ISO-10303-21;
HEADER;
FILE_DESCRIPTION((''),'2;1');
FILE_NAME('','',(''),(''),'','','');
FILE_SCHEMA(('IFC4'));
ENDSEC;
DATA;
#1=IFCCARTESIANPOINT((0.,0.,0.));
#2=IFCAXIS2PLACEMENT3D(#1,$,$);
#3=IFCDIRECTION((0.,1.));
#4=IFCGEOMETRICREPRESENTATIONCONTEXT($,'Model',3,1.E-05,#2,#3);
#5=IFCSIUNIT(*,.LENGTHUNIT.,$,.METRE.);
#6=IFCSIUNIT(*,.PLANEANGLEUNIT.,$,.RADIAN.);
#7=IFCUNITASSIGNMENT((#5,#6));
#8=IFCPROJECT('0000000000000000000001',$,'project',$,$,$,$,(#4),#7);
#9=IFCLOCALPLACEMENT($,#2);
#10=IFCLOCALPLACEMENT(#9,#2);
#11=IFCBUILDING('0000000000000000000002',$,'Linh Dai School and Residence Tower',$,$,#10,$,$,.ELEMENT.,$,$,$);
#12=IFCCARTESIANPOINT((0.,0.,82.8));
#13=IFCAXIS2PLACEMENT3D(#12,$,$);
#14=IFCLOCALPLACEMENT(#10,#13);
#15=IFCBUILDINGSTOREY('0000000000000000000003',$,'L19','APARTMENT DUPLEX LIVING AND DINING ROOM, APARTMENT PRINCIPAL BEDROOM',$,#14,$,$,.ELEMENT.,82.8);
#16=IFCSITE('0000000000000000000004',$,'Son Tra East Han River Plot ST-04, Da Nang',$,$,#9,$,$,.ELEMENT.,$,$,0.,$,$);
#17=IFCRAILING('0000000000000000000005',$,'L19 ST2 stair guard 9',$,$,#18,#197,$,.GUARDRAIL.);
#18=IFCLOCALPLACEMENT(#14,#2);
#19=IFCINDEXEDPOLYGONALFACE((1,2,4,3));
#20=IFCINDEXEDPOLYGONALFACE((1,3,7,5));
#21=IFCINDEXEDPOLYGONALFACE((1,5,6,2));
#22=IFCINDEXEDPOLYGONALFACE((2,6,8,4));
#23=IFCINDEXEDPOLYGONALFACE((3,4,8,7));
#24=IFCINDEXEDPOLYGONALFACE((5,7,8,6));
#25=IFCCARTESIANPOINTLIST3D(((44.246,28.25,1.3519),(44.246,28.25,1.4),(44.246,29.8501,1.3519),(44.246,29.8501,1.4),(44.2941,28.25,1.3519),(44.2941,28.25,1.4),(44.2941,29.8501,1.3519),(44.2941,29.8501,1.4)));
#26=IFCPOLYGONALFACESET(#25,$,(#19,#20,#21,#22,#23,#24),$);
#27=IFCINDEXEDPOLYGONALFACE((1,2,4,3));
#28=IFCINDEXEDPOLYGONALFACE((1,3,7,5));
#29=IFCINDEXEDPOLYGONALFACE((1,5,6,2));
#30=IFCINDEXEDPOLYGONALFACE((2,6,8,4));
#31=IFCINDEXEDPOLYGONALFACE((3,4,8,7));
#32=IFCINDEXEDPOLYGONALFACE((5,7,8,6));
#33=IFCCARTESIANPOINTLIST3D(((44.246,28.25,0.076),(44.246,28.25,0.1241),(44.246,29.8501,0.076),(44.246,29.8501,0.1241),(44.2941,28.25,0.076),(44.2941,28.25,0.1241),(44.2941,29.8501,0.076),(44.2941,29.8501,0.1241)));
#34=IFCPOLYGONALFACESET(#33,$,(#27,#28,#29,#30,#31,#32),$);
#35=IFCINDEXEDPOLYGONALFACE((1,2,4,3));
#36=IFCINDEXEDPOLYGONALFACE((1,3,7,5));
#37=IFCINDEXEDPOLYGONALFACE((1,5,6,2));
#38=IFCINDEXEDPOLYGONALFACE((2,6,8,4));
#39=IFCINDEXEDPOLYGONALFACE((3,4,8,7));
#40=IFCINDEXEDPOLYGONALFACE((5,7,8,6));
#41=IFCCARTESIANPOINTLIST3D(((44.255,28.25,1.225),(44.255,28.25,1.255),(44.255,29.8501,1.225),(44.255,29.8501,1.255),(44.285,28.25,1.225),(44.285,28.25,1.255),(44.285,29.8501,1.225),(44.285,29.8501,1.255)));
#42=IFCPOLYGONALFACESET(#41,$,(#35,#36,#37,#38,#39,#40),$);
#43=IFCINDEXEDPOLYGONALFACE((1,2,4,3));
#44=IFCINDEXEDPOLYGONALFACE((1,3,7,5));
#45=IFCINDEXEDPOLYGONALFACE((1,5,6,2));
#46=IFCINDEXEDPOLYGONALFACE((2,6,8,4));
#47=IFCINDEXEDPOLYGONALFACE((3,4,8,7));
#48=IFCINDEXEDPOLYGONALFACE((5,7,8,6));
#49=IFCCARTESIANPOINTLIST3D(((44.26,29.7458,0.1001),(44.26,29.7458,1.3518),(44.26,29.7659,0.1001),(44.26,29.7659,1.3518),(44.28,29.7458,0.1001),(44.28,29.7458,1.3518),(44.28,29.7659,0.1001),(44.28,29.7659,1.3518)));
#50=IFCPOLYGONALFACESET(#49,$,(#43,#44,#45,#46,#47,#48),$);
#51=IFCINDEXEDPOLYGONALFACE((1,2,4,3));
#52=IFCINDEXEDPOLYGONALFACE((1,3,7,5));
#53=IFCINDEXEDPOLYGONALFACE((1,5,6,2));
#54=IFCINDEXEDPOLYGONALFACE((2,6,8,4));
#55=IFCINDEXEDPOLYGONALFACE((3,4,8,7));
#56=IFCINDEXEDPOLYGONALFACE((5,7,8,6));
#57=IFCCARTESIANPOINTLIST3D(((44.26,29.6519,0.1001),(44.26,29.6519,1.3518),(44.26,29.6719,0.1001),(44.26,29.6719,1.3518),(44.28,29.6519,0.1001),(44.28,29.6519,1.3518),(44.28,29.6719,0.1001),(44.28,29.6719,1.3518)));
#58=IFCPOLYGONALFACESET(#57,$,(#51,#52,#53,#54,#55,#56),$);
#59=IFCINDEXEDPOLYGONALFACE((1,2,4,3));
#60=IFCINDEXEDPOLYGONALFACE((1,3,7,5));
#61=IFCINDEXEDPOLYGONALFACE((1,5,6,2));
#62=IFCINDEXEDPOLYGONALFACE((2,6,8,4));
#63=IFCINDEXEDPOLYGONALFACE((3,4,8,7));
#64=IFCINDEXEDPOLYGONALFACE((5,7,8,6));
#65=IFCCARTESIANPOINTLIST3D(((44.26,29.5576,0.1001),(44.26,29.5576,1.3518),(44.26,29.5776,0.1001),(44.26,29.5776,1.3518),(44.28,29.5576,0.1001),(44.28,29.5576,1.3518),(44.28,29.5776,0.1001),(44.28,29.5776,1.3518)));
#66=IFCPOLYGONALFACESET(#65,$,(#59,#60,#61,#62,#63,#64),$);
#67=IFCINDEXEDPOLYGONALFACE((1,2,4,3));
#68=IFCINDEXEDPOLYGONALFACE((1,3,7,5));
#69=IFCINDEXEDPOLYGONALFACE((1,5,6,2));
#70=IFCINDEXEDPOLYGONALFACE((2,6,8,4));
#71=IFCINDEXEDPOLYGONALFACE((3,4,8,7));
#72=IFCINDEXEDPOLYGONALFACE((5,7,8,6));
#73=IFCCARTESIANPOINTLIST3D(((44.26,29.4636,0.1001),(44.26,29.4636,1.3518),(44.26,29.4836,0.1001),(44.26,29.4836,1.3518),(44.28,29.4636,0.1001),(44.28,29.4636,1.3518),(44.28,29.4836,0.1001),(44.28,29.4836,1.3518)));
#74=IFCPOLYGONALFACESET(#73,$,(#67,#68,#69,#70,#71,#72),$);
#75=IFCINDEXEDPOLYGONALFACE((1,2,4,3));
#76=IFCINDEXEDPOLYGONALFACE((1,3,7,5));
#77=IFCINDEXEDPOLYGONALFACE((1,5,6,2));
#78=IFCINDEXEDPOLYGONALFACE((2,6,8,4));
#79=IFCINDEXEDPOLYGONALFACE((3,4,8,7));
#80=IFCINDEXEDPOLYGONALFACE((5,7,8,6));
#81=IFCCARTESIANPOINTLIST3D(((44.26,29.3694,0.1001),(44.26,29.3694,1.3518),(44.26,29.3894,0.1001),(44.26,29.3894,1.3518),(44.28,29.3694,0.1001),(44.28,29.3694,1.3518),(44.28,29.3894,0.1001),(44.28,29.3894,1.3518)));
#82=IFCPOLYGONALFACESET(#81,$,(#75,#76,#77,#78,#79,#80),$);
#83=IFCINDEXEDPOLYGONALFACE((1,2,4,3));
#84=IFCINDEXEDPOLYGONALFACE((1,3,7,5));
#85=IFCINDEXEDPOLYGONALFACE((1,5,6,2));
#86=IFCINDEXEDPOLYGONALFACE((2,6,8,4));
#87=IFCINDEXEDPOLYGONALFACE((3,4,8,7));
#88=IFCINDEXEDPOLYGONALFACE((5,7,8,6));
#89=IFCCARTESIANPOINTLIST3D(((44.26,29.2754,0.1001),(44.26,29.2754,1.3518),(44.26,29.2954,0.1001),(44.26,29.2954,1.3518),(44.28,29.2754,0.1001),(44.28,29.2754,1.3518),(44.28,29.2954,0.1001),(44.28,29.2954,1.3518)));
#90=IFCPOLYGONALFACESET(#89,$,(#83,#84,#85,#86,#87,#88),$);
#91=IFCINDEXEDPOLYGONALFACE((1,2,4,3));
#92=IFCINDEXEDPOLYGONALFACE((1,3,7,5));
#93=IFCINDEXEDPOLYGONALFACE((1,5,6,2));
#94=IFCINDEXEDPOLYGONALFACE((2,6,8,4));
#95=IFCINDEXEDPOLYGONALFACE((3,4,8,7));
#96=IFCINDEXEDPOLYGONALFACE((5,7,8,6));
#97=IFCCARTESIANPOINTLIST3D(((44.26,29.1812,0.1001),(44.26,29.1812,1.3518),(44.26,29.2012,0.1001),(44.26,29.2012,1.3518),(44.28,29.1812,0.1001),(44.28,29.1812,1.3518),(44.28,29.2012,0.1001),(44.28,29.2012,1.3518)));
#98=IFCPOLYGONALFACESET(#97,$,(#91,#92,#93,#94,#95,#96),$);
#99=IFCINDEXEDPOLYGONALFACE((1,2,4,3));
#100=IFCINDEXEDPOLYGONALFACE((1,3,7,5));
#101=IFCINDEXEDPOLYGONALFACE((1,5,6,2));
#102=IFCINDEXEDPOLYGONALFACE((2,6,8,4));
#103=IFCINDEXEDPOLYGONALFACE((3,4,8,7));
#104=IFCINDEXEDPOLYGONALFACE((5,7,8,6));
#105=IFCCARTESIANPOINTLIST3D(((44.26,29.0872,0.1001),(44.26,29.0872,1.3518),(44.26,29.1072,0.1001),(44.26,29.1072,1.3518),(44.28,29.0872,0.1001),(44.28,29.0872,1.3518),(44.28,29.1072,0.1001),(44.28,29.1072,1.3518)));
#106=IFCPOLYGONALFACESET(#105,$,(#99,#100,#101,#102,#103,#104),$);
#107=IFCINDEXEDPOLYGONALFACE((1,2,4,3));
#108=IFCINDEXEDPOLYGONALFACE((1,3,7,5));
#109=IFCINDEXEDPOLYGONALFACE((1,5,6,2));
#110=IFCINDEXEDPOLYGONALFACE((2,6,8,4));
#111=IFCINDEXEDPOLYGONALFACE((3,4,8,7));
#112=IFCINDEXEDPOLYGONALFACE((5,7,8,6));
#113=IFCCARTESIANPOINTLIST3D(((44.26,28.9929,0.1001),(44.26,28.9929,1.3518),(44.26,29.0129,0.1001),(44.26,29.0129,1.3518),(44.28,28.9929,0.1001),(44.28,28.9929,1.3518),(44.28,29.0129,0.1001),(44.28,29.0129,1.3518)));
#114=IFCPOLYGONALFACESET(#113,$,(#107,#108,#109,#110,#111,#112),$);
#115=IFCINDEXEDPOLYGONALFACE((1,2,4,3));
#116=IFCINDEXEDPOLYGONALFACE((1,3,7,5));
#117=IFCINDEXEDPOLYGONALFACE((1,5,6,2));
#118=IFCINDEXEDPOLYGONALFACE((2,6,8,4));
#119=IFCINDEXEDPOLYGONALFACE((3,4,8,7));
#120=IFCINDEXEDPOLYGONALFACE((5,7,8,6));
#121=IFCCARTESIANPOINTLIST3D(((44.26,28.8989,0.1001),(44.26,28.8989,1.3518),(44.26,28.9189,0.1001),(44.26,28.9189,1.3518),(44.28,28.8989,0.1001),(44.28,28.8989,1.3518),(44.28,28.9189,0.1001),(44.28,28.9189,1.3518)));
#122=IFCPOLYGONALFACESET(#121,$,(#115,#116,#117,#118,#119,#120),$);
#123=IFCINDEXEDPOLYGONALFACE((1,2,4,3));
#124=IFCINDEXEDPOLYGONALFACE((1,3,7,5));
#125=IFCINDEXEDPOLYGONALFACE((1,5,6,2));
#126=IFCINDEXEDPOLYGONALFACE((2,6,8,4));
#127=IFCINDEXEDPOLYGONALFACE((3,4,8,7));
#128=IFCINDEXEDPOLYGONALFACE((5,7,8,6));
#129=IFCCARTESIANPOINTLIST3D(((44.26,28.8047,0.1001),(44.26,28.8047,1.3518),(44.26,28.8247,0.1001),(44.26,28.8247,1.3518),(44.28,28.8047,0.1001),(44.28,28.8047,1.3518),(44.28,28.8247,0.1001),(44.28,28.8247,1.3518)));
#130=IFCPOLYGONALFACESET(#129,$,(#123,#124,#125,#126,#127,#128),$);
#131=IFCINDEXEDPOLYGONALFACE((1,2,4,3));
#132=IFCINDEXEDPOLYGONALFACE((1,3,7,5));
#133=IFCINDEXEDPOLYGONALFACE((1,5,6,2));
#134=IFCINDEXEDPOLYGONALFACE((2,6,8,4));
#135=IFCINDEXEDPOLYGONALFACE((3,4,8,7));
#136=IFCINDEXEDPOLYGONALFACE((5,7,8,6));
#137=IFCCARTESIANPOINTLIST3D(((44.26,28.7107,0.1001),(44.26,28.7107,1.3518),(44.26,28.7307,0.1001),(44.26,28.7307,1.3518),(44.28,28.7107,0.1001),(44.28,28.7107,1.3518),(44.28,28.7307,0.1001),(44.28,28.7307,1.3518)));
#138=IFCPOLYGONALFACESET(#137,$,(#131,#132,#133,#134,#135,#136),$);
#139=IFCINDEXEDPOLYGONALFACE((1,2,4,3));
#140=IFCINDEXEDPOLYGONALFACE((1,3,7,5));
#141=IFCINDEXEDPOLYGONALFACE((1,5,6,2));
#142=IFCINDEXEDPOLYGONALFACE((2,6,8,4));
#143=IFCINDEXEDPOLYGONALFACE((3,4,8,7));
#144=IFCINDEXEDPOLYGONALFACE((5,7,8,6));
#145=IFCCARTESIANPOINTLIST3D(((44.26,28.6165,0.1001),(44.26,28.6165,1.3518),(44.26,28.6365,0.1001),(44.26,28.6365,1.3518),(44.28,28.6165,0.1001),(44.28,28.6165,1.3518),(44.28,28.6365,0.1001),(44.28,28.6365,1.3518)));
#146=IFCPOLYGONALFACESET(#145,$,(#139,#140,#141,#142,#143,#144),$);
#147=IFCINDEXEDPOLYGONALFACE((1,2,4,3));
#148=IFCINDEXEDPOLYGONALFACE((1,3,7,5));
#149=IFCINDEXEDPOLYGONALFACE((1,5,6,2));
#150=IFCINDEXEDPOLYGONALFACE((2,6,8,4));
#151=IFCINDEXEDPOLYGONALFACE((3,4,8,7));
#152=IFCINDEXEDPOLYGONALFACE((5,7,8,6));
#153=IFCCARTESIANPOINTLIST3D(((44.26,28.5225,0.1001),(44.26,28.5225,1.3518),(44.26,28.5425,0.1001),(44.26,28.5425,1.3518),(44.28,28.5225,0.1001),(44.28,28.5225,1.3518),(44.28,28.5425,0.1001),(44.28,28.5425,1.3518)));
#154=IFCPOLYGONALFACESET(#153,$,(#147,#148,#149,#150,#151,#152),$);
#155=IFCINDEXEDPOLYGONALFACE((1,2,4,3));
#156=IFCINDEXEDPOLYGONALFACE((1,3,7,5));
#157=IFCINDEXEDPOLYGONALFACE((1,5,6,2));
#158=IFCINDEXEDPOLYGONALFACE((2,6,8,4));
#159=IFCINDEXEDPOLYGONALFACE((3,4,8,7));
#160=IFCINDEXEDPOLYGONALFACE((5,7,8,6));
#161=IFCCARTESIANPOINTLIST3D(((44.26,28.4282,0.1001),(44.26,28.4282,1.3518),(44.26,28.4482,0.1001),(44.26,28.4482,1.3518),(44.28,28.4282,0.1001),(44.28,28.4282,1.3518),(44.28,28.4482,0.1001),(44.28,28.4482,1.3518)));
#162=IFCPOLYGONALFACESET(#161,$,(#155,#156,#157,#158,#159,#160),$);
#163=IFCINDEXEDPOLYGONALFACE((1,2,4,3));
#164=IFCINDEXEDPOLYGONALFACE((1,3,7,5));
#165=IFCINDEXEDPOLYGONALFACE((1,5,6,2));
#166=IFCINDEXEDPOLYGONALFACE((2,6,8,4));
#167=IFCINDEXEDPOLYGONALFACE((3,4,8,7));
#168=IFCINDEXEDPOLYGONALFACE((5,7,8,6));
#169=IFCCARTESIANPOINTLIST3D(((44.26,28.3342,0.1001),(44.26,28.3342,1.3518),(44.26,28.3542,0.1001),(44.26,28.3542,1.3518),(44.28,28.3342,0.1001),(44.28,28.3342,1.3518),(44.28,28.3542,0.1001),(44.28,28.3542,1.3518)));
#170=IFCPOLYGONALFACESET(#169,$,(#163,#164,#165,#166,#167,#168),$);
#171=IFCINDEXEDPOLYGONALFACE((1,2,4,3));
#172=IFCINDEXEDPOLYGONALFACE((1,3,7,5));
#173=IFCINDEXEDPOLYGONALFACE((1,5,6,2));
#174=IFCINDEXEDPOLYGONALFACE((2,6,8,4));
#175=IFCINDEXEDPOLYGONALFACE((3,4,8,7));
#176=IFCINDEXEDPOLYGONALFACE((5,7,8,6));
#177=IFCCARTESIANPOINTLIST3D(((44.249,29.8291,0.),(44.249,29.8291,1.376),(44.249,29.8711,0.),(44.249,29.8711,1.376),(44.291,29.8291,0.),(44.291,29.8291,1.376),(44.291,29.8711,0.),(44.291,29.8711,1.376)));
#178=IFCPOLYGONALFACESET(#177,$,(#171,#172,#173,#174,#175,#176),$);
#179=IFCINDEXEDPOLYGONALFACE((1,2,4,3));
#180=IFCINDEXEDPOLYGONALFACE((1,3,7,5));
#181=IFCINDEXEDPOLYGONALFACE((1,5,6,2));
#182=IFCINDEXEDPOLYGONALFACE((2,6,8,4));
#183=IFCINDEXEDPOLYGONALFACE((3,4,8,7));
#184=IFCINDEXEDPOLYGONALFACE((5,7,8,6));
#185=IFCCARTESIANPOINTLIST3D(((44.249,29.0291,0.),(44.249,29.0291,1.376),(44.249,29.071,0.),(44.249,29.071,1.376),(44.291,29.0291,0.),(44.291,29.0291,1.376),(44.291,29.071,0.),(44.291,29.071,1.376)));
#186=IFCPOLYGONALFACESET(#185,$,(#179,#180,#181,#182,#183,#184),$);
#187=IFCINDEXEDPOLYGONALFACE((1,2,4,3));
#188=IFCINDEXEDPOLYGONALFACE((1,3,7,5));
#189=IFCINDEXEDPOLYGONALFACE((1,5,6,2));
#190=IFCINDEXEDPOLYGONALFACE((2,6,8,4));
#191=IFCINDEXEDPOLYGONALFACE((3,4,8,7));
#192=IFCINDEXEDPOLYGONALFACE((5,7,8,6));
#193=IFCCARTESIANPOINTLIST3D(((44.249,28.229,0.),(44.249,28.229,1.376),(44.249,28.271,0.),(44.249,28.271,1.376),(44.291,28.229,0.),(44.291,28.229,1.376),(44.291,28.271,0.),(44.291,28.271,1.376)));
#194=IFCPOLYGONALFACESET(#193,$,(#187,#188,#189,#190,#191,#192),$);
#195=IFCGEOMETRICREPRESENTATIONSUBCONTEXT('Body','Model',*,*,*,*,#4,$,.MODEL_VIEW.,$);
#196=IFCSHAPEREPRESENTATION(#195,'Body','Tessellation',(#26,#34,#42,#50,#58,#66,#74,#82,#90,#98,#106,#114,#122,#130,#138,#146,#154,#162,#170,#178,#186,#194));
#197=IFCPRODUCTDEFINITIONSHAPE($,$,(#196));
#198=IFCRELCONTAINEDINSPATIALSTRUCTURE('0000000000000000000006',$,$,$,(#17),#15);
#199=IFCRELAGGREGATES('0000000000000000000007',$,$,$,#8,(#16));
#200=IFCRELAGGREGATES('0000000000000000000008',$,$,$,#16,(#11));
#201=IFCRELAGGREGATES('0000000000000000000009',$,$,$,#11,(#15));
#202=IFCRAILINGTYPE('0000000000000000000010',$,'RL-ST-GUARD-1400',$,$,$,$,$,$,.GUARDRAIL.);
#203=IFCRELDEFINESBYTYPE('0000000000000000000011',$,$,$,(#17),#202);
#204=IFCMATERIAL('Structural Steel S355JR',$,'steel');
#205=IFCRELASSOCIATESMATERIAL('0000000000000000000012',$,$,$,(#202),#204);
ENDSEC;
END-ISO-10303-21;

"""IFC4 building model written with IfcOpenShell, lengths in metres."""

from ifc_helpers import new_model, si_unit, direction, frame, origin, origin_2d, place, context, subcontext, project, spatial, rectangle, extrude, source, transform, mapped, material, type_object, element, save


model = new_model("IFC4")

# Units and contexts
model_context = context("Model", 3, precision=1e-05, world=origin(), true_north=direction((0.0, 1.0)))
body_context = subcontext(model_context, "Body", "Model", "MODEL_VIEW")
ifc_project = project(units=[si_unit("LENGTHUNIT", "METRE"), si_unit("PLANEANGLEUNIT", "RADIAN")], contexts=[model_context])

# Site, building, storey
site_placement = place(None, origin())
site = spatial("IfcSite", under=ifc_project, at=site_placement, Name="Son Tra East Han River Plot ST-04, Da Nang", CompositionType="ELEMENT", RefElevation=0.0)
building_placement = place(site_placement, origin())
building = spatial("IfcBuilding", under=site, at=building_placement, Name="Linh Dai School and Residence Tower", CompositionType="ELEMENT")
storey_placement = place(building_placement, frame((0.0, 0.0, 82.8)))
storey = spatial("IfcBuildingStorey", under=building, at=storey_placement, Name="L19", Description="APARTMENT DUPLEX LIVING AND DINING ROOM, APARTMENT PRINCIPAL BEDROOM", CompositionType="ELEMENT", Elevation=82.8)

# Shared definitions
ifc_material_1 = material(Name="Structural Steel S355JR", Category="steel")

# Railing
railing_type_1 = type_object("IfcRailingType", Name="RL-ST-GUARD-1400", PredefinedType="GUARDRAIL", material=ifc_material_1)
shared_shape_1 = source(origin(), body_context, "Body", "SweptSolid", [
    extrude(rectangle(XDim=0.0481, YDim=0.0481, at=origin_2d()), frame((0.0, 0.0, 1.376), z_axis=(0.0, -1.0, 0.0), x_axis=(1.0, 0.0, 0.0)), (0.0, 0.0, 1.0), 1.6001),
    extrude(rectangle(XDim=0.0481, YDim=0.0481, at=origin_2d()), frame((0.0, 0.0, 0.1001), z_axis=(0.0, -1.0, 0.0), x_axis=(1.0, 0.0, 0.0)), (0.0, 0.0, 1.0), 1.6001),
    extrude(rectangle(XDim=0.03, YDim=0.03, at=origin_2d()), frame((0.0, 0.0, 1.24), z_axis=(0.0, -1.0, 0.0), x_axis=(1.0, 0.0, 0.0)), (0.0, 0.0, 1.0), 1.6001),
    extrude(rectangle(XDim=0.02, YDim=0.02, at=origin_2d()), frame((0.0, -0.0942, 0.1001)), (0.0, 0.0, 1.0), 1.2517),
    extrude(rectangle(XDim=0.02, YDim=0.02, at=origin_2d()), frame((0.0, -0.1882, 0.1001)), (0.0, 0.0, 1.0), 1.2517),
    extrude(rectangle(XDim=0.02, YDim=0.02, at=origin_2d()), frame((0.0, -0.2825, 0.1001)), (0.0, 0.0, 1.0), 1.2517),
    extrude(rectangle(XDim=0.02, YDim=0.02, at=origin_2d()), frame((0.0, -0.3765, 0.1001)), (0.0, 0.0, 1.0), 1.2517),
    extrude(rectangle(XDim=0.02, YDim=0.02, at=origin_2d()), frame((0.0, -0.4707, 0.1001)), (0.0, 0.0, 1.0), 1.2517),
    extrude(rectangle(XDim=0.02, YDim=0.02, at=origin_2d()), frame((0.0, -0.5647, 0.1001)), (0.0, 0.0, 1.0), 1.2517),
    extrude(rectangle(XDim=0.02, YDim=0.02, at=origin_2d()), frame((0.0, -0.6589, 0.1001)), (0.0, 0.0, 1.0), 1.2517),
    extrude(rectangle(XDim=0.02, YDim=0.02, at=origin_2d()), frame((0.0, -0.7529, 0.1001)), (0.0, 0.0, 1.0), 1.2517),
    extrude(rectangle(XDim=0.02, YDim=0.02, at=origin_2d()), frame((0.0, -0.8472, 0.1001)), (0.0, 0.0, 1.0), 1.2517),
    extrude(rectangle(XDim=0.02, YDim=0.02, at=origin_2d()), frame((0.0, -0.9412, 0.1001)), (0.0, 0.0, 1.0), 1.2517),
    extrude(rectangle(XDim=0.02, YDim=0.02, at=origin_2d()), frame((0.0, -1.0354, 0.1001)), (0.0, 0.0, 1.0), 1.2517),
    extrude(rectangle(XDim=0.02, YDim=0.02, at=origin_2d()), frame((0.0, -1.1294, 0.1001)), (0.0, 0.0, 1.0), 1.2517),
    extrude(rectangle(XDim=0.02, YDim=0.02, at=origin_2d()), frame((0.0, -1.2236, 0.1001)), (0.0, 0.0, 1.0), 1.2517),
    extrude(rectangle(XDim=0.02, YDim=0.02, at=origin_2d()), frame((0.0, -1.3176, 0.1001)), (0.0, 0.0, 1.0), 1.2517),
    extrude(rectangle(XDim=0.02, YDim=0.02, at=origin_2d()), frame((0.0, -1.4119, 0.1001)), (0.0, 0.0, 1.0), 1.2517),
    extrude(rectangle(XDim=0.02, YDim=0.02, at=origin_2d()), frame((0.0, -1.5059, 0.1001)), (0.0, 0.0, 1.0), 1.2517),
    extrude(rectangle(XDim=0.042, YDim=0.042, at=origin_2d()), origin(), (0.0, 0.0, 1.0), 1.376),
    extrude(rectangle(XDim=0.042, YDim=0.042, at=origin_2d()), frame((0.0, -0.8, 0.0)), (0.0, 0.0, 1.0), 1.376),
    extrude(rectangle(XDim=0.042, YDim=0.042, at=origin_2d()), frame((0.0, -1.6001, 0.0)), (0.0, 0.0, 1.0), 1.376),
])
for number, where, name in (
    (1, (44.27, 29.8501, 0.0), "L19 ST2 stair guard 9"),
):
    element("IfcRailing", number, at=place(storey_placement, frame(where)), inside=storey, type_object=railing_type_1, Name=name, PredefinedType="GUARDRAIL", context=body_context, shape_type="MappedRepresentation", body=[
        mapped(shared_shape_1, transform((0.0, 0.0, 0.0), x_axis=(1.0, 0.0, 0.0), y_axis=(0.0, 1.0, 0.0), z_axis=(0.0, 0.0, 1.0), scale=1.0)),
    ])

save(model, "model.ifc")
